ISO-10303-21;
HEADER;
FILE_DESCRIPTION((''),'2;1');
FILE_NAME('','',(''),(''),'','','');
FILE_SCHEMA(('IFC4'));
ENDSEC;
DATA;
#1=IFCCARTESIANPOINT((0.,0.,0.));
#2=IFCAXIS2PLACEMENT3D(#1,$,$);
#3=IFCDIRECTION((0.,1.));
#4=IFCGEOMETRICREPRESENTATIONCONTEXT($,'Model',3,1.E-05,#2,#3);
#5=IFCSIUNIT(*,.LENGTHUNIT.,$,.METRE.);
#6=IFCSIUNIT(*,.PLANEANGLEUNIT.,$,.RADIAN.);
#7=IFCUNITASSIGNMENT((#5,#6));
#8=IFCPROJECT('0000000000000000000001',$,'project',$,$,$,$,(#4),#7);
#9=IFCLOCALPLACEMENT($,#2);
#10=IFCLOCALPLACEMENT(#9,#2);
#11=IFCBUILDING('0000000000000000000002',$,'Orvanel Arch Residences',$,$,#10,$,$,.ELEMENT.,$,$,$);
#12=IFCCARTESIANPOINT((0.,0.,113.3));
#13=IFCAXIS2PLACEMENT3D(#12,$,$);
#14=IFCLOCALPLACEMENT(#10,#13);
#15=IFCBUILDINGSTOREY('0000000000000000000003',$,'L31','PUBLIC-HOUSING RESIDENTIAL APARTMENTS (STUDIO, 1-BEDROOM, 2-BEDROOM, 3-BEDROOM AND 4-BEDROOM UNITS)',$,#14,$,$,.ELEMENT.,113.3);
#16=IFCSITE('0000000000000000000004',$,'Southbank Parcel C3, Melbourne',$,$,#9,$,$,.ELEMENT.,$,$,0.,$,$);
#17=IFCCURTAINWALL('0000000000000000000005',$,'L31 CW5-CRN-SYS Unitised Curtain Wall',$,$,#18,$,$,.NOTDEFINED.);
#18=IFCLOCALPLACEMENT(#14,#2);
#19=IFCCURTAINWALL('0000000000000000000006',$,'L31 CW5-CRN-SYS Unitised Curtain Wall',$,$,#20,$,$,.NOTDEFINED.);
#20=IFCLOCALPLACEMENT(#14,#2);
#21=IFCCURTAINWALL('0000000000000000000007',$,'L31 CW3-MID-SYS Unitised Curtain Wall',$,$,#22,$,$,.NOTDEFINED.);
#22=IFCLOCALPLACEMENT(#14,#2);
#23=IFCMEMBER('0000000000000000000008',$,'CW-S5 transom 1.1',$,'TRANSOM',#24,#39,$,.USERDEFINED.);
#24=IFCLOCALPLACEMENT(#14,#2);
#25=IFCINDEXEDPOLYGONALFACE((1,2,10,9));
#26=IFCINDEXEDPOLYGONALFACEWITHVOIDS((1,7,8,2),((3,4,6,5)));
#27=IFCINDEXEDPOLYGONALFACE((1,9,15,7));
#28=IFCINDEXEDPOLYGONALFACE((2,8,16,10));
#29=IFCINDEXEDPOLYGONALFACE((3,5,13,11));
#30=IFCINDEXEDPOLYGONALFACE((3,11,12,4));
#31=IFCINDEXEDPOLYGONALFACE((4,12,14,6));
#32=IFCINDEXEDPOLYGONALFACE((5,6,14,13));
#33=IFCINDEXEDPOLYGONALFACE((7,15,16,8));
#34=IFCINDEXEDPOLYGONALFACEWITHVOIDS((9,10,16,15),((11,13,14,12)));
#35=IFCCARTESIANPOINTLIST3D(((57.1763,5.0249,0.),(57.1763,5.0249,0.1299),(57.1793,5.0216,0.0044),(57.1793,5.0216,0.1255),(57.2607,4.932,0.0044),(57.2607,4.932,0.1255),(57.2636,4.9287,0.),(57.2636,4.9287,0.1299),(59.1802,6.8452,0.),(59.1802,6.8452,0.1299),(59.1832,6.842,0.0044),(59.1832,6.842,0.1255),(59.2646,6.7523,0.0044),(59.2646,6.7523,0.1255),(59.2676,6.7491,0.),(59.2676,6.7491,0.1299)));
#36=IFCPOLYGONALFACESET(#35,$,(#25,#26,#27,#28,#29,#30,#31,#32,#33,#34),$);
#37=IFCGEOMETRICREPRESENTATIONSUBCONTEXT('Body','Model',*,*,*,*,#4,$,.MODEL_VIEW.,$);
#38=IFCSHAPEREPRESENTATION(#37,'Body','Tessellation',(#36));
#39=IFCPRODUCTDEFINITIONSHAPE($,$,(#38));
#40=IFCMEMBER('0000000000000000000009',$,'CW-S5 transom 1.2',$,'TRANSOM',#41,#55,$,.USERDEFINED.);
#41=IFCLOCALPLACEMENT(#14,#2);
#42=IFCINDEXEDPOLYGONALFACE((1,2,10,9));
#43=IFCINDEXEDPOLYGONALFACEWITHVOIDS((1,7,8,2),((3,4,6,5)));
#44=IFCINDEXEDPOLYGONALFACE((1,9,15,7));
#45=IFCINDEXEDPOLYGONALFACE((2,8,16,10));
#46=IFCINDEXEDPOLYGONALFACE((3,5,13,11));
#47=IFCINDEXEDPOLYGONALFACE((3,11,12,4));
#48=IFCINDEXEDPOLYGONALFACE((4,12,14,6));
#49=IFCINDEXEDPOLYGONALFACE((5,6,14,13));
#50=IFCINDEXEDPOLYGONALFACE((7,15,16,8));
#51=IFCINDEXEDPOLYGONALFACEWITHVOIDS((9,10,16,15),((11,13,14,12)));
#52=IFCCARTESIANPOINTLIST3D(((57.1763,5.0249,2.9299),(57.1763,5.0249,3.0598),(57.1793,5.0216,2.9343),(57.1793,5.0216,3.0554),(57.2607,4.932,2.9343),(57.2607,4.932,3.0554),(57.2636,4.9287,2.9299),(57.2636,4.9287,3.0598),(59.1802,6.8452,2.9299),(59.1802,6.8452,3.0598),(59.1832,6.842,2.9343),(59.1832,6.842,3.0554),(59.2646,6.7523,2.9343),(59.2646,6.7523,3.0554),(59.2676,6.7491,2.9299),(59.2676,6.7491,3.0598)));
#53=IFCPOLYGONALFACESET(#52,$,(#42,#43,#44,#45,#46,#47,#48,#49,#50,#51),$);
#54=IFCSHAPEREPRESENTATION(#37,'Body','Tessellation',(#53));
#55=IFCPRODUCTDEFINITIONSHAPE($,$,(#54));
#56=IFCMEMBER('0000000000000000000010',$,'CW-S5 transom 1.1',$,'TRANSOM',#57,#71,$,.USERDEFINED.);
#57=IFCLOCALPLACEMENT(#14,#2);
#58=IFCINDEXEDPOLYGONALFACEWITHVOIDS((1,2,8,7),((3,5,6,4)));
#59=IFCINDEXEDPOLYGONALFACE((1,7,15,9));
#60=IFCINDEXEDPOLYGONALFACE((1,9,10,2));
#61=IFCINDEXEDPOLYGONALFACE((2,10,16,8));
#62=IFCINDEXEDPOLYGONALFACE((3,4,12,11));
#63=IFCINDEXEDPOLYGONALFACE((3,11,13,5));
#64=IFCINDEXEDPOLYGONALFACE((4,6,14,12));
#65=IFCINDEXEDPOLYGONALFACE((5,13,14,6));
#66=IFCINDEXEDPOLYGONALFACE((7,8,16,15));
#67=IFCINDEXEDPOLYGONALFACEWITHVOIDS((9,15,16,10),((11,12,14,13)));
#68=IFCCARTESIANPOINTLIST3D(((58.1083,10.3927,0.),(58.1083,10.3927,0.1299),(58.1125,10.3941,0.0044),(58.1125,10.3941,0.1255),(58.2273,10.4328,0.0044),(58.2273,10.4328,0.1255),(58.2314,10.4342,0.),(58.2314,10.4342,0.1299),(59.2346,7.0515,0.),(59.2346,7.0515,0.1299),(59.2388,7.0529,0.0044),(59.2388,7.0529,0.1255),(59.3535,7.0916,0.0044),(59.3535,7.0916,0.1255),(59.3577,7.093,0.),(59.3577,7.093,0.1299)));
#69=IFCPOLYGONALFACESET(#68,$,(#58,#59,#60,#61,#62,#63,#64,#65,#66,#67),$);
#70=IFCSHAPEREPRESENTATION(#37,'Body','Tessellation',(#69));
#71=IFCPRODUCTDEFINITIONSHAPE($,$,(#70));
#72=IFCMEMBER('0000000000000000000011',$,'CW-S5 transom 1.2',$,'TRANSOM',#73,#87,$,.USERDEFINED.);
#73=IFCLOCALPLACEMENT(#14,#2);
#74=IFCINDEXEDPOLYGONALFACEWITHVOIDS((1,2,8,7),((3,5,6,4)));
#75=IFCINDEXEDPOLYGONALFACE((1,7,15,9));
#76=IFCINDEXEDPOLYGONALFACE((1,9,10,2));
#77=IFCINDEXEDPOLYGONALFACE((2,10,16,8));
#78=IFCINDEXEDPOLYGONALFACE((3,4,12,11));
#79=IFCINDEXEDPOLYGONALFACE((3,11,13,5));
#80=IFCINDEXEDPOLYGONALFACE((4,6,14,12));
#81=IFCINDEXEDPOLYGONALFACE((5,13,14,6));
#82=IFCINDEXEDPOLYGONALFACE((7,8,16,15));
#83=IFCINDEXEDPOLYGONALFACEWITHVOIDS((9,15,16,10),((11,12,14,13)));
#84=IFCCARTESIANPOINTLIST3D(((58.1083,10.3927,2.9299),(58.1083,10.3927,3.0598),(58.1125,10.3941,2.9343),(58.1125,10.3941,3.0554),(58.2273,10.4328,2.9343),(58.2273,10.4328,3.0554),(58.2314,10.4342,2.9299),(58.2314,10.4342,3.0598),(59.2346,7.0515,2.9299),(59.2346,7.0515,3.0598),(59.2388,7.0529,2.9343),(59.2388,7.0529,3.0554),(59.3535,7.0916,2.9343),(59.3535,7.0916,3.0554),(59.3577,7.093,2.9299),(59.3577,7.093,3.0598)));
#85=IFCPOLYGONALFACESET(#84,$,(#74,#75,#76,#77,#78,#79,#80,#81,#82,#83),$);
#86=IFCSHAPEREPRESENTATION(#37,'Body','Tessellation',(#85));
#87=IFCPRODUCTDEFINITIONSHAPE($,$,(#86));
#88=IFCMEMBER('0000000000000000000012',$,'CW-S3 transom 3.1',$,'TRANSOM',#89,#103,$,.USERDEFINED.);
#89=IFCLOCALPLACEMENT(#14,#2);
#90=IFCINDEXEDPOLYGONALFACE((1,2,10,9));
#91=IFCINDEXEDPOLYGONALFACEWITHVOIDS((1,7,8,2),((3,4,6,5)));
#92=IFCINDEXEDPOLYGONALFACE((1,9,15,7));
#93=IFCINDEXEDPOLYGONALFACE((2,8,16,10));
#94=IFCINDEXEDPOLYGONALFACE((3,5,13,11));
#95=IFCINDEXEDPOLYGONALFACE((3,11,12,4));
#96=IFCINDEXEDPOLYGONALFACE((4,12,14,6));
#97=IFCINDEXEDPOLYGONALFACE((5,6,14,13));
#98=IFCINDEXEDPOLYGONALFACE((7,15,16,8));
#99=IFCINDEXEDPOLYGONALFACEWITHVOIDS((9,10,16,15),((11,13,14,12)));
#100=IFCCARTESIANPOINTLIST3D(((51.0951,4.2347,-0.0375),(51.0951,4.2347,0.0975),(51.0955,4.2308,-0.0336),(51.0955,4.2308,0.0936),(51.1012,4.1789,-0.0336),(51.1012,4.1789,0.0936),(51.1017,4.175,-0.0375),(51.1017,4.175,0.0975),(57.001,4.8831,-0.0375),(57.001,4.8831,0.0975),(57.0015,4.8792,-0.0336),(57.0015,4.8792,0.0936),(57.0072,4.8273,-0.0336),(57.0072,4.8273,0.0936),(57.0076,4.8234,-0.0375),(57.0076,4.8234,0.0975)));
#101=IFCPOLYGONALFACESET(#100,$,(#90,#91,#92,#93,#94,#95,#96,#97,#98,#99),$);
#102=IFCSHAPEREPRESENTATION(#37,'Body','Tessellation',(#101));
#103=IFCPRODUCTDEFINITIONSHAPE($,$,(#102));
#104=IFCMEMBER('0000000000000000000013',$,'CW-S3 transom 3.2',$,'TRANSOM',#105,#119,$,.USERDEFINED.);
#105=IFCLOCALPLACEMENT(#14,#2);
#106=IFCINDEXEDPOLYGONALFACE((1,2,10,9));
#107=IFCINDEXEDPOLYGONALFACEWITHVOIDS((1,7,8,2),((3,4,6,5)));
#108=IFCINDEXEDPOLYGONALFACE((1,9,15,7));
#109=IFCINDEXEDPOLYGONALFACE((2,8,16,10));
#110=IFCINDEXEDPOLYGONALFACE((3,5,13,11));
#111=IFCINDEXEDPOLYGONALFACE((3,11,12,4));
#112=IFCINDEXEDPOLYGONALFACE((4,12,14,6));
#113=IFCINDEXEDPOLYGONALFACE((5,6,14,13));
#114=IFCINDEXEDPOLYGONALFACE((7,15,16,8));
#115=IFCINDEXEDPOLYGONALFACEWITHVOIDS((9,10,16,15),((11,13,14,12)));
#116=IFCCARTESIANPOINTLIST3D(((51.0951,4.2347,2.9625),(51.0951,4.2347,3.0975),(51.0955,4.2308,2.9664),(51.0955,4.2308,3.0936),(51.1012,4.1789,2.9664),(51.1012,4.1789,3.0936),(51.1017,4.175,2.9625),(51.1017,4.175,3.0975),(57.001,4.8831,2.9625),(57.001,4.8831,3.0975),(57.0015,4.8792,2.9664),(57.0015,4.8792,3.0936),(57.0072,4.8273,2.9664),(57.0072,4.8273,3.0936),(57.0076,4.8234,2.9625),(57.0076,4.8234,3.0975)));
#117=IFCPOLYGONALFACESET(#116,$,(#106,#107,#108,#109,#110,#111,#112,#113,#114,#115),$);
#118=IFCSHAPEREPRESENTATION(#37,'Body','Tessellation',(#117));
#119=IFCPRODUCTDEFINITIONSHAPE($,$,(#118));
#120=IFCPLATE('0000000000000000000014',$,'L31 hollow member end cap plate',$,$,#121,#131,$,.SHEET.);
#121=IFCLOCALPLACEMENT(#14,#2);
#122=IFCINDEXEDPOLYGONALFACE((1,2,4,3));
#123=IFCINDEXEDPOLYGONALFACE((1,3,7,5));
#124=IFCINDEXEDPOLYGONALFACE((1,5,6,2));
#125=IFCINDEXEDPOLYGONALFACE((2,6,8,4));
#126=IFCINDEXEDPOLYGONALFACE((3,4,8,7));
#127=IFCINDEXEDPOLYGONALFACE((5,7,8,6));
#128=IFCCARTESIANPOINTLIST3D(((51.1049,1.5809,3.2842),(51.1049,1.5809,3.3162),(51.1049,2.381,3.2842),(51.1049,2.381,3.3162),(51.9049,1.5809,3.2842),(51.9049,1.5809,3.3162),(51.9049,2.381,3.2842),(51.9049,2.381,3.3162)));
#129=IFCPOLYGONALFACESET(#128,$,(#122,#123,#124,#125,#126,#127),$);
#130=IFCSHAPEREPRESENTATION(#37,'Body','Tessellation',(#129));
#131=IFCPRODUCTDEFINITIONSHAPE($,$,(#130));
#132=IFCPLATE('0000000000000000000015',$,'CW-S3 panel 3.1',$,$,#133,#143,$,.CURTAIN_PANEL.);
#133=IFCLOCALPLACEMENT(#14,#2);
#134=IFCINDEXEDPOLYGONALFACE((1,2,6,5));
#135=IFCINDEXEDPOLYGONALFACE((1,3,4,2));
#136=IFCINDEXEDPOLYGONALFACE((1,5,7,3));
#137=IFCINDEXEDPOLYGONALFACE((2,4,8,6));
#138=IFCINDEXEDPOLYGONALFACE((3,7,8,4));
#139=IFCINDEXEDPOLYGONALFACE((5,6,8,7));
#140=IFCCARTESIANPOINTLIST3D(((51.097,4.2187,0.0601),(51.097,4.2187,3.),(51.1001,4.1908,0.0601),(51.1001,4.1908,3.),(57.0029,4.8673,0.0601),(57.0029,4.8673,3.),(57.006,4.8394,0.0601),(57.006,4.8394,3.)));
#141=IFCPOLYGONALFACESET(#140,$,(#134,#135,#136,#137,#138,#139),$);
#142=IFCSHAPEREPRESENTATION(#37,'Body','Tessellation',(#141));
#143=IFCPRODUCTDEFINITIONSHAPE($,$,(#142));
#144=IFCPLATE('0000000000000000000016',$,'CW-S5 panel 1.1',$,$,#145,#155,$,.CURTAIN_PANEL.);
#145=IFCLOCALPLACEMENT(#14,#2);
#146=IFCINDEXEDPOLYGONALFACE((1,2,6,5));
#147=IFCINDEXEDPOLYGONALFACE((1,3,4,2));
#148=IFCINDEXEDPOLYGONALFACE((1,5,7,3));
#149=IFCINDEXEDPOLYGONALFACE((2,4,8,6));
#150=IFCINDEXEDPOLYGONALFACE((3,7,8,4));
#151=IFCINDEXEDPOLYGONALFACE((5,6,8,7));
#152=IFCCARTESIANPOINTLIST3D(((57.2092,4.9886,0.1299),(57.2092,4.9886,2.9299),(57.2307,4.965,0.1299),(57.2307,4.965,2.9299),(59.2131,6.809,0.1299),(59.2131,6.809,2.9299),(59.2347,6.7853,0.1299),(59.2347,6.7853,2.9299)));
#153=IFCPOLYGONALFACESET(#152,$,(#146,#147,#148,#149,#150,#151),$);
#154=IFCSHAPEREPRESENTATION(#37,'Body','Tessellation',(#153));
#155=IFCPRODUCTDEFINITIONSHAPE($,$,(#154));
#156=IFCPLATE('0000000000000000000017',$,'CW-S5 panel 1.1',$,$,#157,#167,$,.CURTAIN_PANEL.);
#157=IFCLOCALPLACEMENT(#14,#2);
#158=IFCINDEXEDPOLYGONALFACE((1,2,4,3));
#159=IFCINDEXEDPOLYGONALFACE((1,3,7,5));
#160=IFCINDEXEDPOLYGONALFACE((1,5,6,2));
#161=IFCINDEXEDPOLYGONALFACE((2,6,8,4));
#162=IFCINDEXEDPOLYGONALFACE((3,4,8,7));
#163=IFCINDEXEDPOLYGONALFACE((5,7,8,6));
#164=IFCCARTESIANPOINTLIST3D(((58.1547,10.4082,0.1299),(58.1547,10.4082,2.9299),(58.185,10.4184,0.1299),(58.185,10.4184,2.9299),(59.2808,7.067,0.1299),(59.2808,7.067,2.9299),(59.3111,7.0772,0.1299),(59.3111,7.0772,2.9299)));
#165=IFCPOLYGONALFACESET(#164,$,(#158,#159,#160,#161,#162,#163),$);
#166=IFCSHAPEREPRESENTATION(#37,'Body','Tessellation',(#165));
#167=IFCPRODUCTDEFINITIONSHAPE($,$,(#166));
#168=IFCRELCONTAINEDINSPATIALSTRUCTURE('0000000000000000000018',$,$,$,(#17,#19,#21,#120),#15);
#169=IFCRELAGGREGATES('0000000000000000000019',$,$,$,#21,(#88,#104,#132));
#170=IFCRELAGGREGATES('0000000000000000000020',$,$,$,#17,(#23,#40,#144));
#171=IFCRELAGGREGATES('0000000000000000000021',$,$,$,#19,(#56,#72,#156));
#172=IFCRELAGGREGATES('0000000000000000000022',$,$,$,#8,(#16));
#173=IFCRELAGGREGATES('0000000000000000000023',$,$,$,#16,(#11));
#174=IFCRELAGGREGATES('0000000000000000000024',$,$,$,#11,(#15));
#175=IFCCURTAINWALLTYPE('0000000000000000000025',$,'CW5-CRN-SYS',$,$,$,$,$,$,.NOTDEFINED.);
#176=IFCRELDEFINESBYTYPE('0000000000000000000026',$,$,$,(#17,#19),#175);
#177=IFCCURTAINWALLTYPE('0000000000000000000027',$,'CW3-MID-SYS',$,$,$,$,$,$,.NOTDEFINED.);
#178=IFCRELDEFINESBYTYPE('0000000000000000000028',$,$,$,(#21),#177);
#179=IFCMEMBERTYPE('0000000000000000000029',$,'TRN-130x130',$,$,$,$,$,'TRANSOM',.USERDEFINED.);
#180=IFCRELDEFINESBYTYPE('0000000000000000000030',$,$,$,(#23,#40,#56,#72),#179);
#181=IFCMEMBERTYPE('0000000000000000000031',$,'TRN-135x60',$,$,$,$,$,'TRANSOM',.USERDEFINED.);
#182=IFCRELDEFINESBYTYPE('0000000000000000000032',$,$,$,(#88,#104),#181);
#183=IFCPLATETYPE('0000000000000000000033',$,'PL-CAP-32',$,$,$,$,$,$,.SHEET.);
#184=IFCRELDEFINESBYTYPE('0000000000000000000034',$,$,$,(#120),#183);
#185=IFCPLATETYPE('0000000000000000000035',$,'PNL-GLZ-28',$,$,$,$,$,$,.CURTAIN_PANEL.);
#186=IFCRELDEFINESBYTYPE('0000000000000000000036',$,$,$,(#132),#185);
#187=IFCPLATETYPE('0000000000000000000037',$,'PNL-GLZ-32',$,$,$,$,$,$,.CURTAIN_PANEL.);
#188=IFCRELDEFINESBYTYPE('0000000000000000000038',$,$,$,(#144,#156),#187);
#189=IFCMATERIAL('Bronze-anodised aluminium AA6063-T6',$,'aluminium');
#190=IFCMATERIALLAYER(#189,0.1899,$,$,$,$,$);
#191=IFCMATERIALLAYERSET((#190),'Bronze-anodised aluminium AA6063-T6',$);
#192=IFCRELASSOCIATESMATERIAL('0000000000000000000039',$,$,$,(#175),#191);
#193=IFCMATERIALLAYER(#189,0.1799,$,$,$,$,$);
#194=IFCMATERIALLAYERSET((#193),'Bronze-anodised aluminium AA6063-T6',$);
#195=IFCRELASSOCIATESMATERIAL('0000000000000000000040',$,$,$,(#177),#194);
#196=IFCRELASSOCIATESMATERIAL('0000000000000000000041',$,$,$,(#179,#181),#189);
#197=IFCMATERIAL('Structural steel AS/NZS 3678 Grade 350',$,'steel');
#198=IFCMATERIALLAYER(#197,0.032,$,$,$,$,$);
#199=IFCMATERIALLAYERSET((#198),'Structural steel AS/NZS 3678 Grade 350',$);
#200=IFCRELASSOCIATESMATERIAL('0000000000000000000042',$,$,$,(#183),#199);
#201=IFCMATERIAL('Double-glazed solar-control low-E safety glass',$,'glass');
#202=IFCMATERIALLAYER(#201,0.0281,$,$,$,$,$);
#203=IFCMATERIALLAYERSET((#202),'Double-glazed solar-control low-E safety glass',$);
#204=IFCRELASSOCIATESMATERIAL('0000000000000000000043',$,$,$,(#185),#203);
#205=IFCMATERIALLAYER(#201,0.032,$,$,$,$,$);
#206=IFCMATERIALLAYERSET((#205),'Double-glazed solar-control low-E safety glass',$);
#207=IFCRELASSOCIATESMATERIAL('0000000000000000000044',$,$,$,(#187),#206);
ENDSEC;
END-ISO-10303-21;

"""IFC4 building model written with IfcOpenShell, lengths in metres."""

from ifc_helpers import new_model, si_unit, direction, frame, origin, origin_2d, place, context, subcontext, project, spatial, rectangle, hollow_rectangle, extrude, material, layer, layer_set, material_profile, profile_set, type_object, element, aggregate, save


model = new_model("IFC4")

# Units and contexts
model_context = context("Model", 3, precision=1e-05, world=origin(), true_north=direction((0.0, 1.0)))
body_context = subcontext(model_context, "Body", "Model", "MODEL_VIEW")
ifc_project = project(units=[si_unit("LENGTHUNIT", "METRE"), si_unit("PLANEANGLEUNIT", "RADIAN")], contexts=[model_context])

# Site, building, storey
site_placement = place(None, origin())
site = spatial("IfcSite", under=ifc_project, at=site_placement, Name="Southbank Parcel C3, Melbourne", CompositionType="ELEMENT", RefElevation=0.0)
building_placement = place(site_placement, origin())
building = spatial("IfcBuilding", under=site, at=building_placement, Name="Orvanel Arch Residences", CompositionType="ELEMENT")
storey_placement = place(building_placement, frame((0.0, 0.0, 113.3)))
storey = spatial("IfcBuildingStorey", under=building, at=storey_placement, Name="L31", Description="PUBLIC-HOUSING RESIDENTIAL APARTMENTS (STUDIO, 1-BEDROOM, 2-BEDROOM, 3-BEDROOM AND 4-BEDROOM UNITS)", CompositionType="ELEMENT", Elevation=113.3)

# Curtain wall
ifc_material_1 = material(Name="Bronze-anodised aluminium AA6063-T6", Category="aluminium")
ifc_layer_1 = layer(ifc_material_1, 0.1899)
ifc_layer_set_1 = layer_set([ifc_layer_1], Name="Bronze-anodised aluminium AA6063-T6")
curtain_wall_type_1 = type_object("IfcCurtainWallType", Name="CW5-CRN-SYS", PredefinedType="NOTDEFINED", material=ifc_layer_set_1)
curtain_wall_1_placement = place(storey_placement, origin())
curtain_wall_1 = element("IfcCurtainWall", 1, at=curtain_wall_1_placement, inside=storey, type_object=curtain_wall_type_1, Name="L31 CW5-CRN-SYS Unitised Curtain Wall", PredefinedType="NOTDEFINED")

# Curtain wall
curtain_wall_2_placement = place(storey_placement, origin())
curtain_wall_2 = element("IfcCurtainWall", 2, at=curtain_wall_2_placement, inside=storey, type_object=curtain_wall_type_1, Name="L31 CW5-CRN-SYS Unitised Curtain Wall", PredefinedType="NOTDEFINED")

# Curtain wall
ifc_layer_2 = layer(ifc_material_1, 0.1799)
ifc_layer_set_2 = layer_set([ifc_layer_2], Name="Bronze-anodised aluminium AA6063-T6")
curtain_wall_type_2 = type_object("IfcCurtainWallType", Name="CW3-MID-SYS", PredefinedType="NOTDEFINED", material=ifc_layer_set_2)
curtain_wall_3_placement = place(storey_placement, origin())
curtain_wall_3 = element("IfcCurtainWall", 3, at=curtain_wall_3_placement, inside=storey, type_object=curtain_wall_type_2, Name="L31 CW3-MID-SYS Unitised Curtain Wall", PredefinedType="NOTDEFINED")

# Members
ifc_material_profile_1 = material_profile(ifc_material_1, hollow_rectangle(XDim=0.1299, YDim=0.1299, WallThickness=0.0044, at=origin_2d()), Name="ALU130x130x4.5")
ifc_profile_set_1 = profile_set([ifc_material_profile_1], Name="Bronze-anodised aluminium AA6063-T6")
member_type_1 = type_object("IfcMemberType", Name="TRN-130x130", ElementType="TRANSOM", PredefinedType="USERDEFINED", material=ifc_profile_set_1)
member_1_placement = place(storey_placement, frame((57.22, 4.9768, 0.0649), z_axis=(0.740201, 0.672385, 0.0), x_axis=(-0.672385, 0.740201, 0.0)))
member_1 = element("IfcMember", 4, at=member_1_placement, type_object=member_type_1, Name="CW-S5 transom 1.1", ObjectType="TRANSOM", PredefinedType="USERDEFINED", context=body_context, shape_type="SweptSolid", body=[
    extrude(hollow_rectangle(XDim=0.1299, YDim=0.1299, WallThickness=0.0044, at=origin_2d()), origin(), (0.0, 0.0, 1.0), 2.7073),
])
member_2_placement = place(storey_placement, frame((57.22, 4.9768, 2.9949), z_axis=(0.740201, 0.672385, 0.0), x_axis=(-0.672385, 0.740201, 0.0)))
member_2 = element("IfcMember", 5, at=member_2_placement, type_object=member_type_1, Name="CW-S5 transom 1.2", ObjectType="TRANSOM", PredefinedType="USERDEFINED", context=body_context, shape_type="SweptSolid", body=[
    extrude(hollow_rectangle(XDim=0.1299, YDim=0.1299, WallThickness=0.0044, at=origin_2d()), origin(), (0.0, 0.0, 1.0), 2.7073),
])
member_3_placement = place(storey_placement, frame((59.2961, 7.0723, 0.0649), z_axis=(-0.319425, 0.947612, 0.0), x_axis=(-0.947612, -0.319425, 0.0)))
member_3 = element("IfcMember", 6, at=member_3_placement, type_object=member_type_1, Name="CW-S5 transom 1.1", ObjectType="TRANSOM", PredefinedType="USERDEFINED", context=body_context, shape_type="SweptSolid", body=[
    extrude(hollow_rectangle(XDim=0.1299, YDim=0.1299, WallThickness=0.0044, at=origin_2d()), origin(), (0.0, 0.0, 1.0), 3.5259),
])
member_4_placement = place(storey_placement, frame((59.2961, 7.0723, 2.9949), z_axis=(-0.319425, 0.947612, 0.0), x_axis=(-0.947612, -0.319425, 0.0)))
member_4 = element("IfcMember", 7, at=member_4_placement, type_object=member_type_1, Name="CW-S5 transom 1.2", ObjectType="TRANSOM", PredefinedType="USERDEFINED", context=body_context, shape_type="SweptSolid", body=[
    extrude(hollow_rectangle(XDim=0.1299, YDim=0.1299, WallThickness=0.0044, at=origin_2d()), origin(), (0.0, 0.0, 1.0), 3.5259),
])
ifc_material_profile_2 = material_profile(ifc_material_1, hollow_rectangle(XDim=0.0601, YDim=0.135, WallThickness=0.0039, at=origin_2d()), Name="ALU135x60x4")
ifc_profile_set_2 = profile_set([ifc_material_profile_2], Name="Bronze-anodised aluminium AA6063-T6")
member_type_2 = type_object("IfcMemberType", Name="TRN-135x60", ElementType="TRANSOM", PredefinedType="USERDEFINED", material=ifc_profile_set_2)
member_5_placement = place(storey_placement, frame((51.0984, 4.2048, 0.03), z_axis=(0.994027, 0.109137, 0.0), x_axis=(-0.109137, 0.994027, 0.0)))
member_5 = element("IfcMember", 8, at=member_5_placement, type_object=member_type_2, Name="CW-S3 transom 3.1", ObjectType="TRANSOM", PredefinedType="USERDEFINED", context=body_context, shape_type="SweptSolid", body=[
    extrude(hollow_rectangle(XDim=0.0601, YDim=0.135, WallThickness=0.0039, at=origin_2d()), origin(), (0.0, 0.0, 1.0), 5.9414),
])
member_6_placement = place(storey_placement, frame((51.0984, 4.2048, 3.03), z_axis=(0.994027, 0.109137, 0.0), x_axis=(-0.109137, 0.994027, 0.0)))
member_6 = element("IfcMember", 9, at=member_6_placement, type_object=member_type_2, Name="CW-S3 transom 3.2", ObjectType="TRANSOM", PredefinedType="USERDEFINED", context=body_context, shape_type="SweptSolid", body=[
    extrude(hollow_rectangle(XDim=0.0601, YDim=0.135, WallThickness=0.0039, at=origin_2d()), origin(), (0.0, 0.0, 1.0), 5.9414),
])

# Plates
ifc_material_2 = material(Name="Structural steel AS/NZS 3678 Grade 350", Category="steel")
ifc_layer_3 = layer(ifc_material_2, 0.032)
ifc_layer_set_3 = layer_set([ifc_layer_3], Name="Structural steel AS/NZS 3678 Grade 350")
plate_type_1 = type_object("IfcPlateType", Name="PL-CAP-32", PredefinedType="SHEET", material=ifc_layer_set_3)
plate_1_placement = place(storey_placement, frame((51.5049, 1.981, 3.2842), z_axis=(0.0, 0.0, 1.0), x_axis=(1.0, 0.0, 0.0)))
element("IfcPlate", 10, at=plate_1_placement, inside=storey, type_object=plate_type_1, Name="L31 hollow member end cap plate", PredefinedType="SHEET", context=body_context, shape_type="SweptSolid", body=[
    extrude(rectangle(XDim=0.8, YDim=0.8, at=origin_2d()), origin(), (0.0, 0.0, 1.0), 0.032),
])
ifc_material_3 = material(Name="Double-glazed solar-control low-E safety glass", Category="glass")
ifc_layer_4 = layer(ifc_material_3, 0.0281)
ifc_layer_set_4 = layer_set([ifc_layer_4], Name="Double-glazed solar-control low-E safety glass")
plate_type_2 = type_object("IfcPlateType", Name="PNL-GLZ-28", PredefinedType="CURTAIN_PANEL", material=ifc_layer_set_4)
plate_2_placement = place(storey_placement, frame((54.0515, 4.5291, 0.0601), z_axis=(0.0, 0.0, 1.0), x_axis=(0.994025, 0.109155, 0.0)))
plate_2 = element("IfcPlate", 11, at=plate_2_placement, type_object=plate_type_2, Name="CW-S3 panel 3.1", PredefinedType="CURTAIN_PANEL", context=body_context, shape_type="SweptSolid", body=[
    extrude(rectangle(XDim=5.9414, YDim=0.0281, at=origin_2d()), origin(), (0.0, 0.0, 1.0), 2.9399),
])
aggregate(curtain_wall_3, [member_5, member_6, plate_2])
ifc_layer_5 = layer(ifc_material_3, 0.032)
ifc_layer_set_5 = layer_set([ifc_layer_5], Name="Double-glazed solar-control low-E safety glass")
plate_type_3 = type_object("IfcPlateType", Name="PNL-GLZ-32", PredefinedType="CURTAIN_PANEL", material=ifc_layer_set_5)
plate_3_placement = place(storey_placement, frame((58.2219, 5.887, 0.1299), z_axis=(0.0, 0.0, 1.0), x_axis=(0.740211, 0.672375, 0.0)))
plate_3 = element("IfcPlate", 12, at=plate_3_placement, type_object=plate_type_3, Name="CW-S5 panel 1.1", PredefinedType="CURTAIN_PANEL", context=body_context, shape_type="SweptSolid", body=[
    extrude(rectangle(XDim=2.7073, YDim=0.032, at=origin_2d()), origin(), (0.0, 0.0, 1.0), 2.8),
])
aggregate(curtain_wall_1, [member_1, member_2, plate_3])
plate_4_placement = place(storey_placement, frame((58.7329, 8.7427, 0.1299), z_axis=(0.0, 0.0, 1.0), x_axis=(-0.319385, 0.947625, 0.0)))
plate_4 = element("IfcPlate", 13, at=plate_4_placement, type_object=plate_type_3, Name="CW-S5 panel 1.1", PredefinedType="CURTAIN_PANEL", context=body_context, shape_type="SweptSolid", body=[
    extrude(rectangle(XDim=3.5259, YDim=0.032, at=origin_2d()), origin(), (0.0, 0.0, 1.0), 2.8),
])
aggregate(curtain_wall_2, [member_3, member_4, plate_4])

save(model, "model.ifc")
